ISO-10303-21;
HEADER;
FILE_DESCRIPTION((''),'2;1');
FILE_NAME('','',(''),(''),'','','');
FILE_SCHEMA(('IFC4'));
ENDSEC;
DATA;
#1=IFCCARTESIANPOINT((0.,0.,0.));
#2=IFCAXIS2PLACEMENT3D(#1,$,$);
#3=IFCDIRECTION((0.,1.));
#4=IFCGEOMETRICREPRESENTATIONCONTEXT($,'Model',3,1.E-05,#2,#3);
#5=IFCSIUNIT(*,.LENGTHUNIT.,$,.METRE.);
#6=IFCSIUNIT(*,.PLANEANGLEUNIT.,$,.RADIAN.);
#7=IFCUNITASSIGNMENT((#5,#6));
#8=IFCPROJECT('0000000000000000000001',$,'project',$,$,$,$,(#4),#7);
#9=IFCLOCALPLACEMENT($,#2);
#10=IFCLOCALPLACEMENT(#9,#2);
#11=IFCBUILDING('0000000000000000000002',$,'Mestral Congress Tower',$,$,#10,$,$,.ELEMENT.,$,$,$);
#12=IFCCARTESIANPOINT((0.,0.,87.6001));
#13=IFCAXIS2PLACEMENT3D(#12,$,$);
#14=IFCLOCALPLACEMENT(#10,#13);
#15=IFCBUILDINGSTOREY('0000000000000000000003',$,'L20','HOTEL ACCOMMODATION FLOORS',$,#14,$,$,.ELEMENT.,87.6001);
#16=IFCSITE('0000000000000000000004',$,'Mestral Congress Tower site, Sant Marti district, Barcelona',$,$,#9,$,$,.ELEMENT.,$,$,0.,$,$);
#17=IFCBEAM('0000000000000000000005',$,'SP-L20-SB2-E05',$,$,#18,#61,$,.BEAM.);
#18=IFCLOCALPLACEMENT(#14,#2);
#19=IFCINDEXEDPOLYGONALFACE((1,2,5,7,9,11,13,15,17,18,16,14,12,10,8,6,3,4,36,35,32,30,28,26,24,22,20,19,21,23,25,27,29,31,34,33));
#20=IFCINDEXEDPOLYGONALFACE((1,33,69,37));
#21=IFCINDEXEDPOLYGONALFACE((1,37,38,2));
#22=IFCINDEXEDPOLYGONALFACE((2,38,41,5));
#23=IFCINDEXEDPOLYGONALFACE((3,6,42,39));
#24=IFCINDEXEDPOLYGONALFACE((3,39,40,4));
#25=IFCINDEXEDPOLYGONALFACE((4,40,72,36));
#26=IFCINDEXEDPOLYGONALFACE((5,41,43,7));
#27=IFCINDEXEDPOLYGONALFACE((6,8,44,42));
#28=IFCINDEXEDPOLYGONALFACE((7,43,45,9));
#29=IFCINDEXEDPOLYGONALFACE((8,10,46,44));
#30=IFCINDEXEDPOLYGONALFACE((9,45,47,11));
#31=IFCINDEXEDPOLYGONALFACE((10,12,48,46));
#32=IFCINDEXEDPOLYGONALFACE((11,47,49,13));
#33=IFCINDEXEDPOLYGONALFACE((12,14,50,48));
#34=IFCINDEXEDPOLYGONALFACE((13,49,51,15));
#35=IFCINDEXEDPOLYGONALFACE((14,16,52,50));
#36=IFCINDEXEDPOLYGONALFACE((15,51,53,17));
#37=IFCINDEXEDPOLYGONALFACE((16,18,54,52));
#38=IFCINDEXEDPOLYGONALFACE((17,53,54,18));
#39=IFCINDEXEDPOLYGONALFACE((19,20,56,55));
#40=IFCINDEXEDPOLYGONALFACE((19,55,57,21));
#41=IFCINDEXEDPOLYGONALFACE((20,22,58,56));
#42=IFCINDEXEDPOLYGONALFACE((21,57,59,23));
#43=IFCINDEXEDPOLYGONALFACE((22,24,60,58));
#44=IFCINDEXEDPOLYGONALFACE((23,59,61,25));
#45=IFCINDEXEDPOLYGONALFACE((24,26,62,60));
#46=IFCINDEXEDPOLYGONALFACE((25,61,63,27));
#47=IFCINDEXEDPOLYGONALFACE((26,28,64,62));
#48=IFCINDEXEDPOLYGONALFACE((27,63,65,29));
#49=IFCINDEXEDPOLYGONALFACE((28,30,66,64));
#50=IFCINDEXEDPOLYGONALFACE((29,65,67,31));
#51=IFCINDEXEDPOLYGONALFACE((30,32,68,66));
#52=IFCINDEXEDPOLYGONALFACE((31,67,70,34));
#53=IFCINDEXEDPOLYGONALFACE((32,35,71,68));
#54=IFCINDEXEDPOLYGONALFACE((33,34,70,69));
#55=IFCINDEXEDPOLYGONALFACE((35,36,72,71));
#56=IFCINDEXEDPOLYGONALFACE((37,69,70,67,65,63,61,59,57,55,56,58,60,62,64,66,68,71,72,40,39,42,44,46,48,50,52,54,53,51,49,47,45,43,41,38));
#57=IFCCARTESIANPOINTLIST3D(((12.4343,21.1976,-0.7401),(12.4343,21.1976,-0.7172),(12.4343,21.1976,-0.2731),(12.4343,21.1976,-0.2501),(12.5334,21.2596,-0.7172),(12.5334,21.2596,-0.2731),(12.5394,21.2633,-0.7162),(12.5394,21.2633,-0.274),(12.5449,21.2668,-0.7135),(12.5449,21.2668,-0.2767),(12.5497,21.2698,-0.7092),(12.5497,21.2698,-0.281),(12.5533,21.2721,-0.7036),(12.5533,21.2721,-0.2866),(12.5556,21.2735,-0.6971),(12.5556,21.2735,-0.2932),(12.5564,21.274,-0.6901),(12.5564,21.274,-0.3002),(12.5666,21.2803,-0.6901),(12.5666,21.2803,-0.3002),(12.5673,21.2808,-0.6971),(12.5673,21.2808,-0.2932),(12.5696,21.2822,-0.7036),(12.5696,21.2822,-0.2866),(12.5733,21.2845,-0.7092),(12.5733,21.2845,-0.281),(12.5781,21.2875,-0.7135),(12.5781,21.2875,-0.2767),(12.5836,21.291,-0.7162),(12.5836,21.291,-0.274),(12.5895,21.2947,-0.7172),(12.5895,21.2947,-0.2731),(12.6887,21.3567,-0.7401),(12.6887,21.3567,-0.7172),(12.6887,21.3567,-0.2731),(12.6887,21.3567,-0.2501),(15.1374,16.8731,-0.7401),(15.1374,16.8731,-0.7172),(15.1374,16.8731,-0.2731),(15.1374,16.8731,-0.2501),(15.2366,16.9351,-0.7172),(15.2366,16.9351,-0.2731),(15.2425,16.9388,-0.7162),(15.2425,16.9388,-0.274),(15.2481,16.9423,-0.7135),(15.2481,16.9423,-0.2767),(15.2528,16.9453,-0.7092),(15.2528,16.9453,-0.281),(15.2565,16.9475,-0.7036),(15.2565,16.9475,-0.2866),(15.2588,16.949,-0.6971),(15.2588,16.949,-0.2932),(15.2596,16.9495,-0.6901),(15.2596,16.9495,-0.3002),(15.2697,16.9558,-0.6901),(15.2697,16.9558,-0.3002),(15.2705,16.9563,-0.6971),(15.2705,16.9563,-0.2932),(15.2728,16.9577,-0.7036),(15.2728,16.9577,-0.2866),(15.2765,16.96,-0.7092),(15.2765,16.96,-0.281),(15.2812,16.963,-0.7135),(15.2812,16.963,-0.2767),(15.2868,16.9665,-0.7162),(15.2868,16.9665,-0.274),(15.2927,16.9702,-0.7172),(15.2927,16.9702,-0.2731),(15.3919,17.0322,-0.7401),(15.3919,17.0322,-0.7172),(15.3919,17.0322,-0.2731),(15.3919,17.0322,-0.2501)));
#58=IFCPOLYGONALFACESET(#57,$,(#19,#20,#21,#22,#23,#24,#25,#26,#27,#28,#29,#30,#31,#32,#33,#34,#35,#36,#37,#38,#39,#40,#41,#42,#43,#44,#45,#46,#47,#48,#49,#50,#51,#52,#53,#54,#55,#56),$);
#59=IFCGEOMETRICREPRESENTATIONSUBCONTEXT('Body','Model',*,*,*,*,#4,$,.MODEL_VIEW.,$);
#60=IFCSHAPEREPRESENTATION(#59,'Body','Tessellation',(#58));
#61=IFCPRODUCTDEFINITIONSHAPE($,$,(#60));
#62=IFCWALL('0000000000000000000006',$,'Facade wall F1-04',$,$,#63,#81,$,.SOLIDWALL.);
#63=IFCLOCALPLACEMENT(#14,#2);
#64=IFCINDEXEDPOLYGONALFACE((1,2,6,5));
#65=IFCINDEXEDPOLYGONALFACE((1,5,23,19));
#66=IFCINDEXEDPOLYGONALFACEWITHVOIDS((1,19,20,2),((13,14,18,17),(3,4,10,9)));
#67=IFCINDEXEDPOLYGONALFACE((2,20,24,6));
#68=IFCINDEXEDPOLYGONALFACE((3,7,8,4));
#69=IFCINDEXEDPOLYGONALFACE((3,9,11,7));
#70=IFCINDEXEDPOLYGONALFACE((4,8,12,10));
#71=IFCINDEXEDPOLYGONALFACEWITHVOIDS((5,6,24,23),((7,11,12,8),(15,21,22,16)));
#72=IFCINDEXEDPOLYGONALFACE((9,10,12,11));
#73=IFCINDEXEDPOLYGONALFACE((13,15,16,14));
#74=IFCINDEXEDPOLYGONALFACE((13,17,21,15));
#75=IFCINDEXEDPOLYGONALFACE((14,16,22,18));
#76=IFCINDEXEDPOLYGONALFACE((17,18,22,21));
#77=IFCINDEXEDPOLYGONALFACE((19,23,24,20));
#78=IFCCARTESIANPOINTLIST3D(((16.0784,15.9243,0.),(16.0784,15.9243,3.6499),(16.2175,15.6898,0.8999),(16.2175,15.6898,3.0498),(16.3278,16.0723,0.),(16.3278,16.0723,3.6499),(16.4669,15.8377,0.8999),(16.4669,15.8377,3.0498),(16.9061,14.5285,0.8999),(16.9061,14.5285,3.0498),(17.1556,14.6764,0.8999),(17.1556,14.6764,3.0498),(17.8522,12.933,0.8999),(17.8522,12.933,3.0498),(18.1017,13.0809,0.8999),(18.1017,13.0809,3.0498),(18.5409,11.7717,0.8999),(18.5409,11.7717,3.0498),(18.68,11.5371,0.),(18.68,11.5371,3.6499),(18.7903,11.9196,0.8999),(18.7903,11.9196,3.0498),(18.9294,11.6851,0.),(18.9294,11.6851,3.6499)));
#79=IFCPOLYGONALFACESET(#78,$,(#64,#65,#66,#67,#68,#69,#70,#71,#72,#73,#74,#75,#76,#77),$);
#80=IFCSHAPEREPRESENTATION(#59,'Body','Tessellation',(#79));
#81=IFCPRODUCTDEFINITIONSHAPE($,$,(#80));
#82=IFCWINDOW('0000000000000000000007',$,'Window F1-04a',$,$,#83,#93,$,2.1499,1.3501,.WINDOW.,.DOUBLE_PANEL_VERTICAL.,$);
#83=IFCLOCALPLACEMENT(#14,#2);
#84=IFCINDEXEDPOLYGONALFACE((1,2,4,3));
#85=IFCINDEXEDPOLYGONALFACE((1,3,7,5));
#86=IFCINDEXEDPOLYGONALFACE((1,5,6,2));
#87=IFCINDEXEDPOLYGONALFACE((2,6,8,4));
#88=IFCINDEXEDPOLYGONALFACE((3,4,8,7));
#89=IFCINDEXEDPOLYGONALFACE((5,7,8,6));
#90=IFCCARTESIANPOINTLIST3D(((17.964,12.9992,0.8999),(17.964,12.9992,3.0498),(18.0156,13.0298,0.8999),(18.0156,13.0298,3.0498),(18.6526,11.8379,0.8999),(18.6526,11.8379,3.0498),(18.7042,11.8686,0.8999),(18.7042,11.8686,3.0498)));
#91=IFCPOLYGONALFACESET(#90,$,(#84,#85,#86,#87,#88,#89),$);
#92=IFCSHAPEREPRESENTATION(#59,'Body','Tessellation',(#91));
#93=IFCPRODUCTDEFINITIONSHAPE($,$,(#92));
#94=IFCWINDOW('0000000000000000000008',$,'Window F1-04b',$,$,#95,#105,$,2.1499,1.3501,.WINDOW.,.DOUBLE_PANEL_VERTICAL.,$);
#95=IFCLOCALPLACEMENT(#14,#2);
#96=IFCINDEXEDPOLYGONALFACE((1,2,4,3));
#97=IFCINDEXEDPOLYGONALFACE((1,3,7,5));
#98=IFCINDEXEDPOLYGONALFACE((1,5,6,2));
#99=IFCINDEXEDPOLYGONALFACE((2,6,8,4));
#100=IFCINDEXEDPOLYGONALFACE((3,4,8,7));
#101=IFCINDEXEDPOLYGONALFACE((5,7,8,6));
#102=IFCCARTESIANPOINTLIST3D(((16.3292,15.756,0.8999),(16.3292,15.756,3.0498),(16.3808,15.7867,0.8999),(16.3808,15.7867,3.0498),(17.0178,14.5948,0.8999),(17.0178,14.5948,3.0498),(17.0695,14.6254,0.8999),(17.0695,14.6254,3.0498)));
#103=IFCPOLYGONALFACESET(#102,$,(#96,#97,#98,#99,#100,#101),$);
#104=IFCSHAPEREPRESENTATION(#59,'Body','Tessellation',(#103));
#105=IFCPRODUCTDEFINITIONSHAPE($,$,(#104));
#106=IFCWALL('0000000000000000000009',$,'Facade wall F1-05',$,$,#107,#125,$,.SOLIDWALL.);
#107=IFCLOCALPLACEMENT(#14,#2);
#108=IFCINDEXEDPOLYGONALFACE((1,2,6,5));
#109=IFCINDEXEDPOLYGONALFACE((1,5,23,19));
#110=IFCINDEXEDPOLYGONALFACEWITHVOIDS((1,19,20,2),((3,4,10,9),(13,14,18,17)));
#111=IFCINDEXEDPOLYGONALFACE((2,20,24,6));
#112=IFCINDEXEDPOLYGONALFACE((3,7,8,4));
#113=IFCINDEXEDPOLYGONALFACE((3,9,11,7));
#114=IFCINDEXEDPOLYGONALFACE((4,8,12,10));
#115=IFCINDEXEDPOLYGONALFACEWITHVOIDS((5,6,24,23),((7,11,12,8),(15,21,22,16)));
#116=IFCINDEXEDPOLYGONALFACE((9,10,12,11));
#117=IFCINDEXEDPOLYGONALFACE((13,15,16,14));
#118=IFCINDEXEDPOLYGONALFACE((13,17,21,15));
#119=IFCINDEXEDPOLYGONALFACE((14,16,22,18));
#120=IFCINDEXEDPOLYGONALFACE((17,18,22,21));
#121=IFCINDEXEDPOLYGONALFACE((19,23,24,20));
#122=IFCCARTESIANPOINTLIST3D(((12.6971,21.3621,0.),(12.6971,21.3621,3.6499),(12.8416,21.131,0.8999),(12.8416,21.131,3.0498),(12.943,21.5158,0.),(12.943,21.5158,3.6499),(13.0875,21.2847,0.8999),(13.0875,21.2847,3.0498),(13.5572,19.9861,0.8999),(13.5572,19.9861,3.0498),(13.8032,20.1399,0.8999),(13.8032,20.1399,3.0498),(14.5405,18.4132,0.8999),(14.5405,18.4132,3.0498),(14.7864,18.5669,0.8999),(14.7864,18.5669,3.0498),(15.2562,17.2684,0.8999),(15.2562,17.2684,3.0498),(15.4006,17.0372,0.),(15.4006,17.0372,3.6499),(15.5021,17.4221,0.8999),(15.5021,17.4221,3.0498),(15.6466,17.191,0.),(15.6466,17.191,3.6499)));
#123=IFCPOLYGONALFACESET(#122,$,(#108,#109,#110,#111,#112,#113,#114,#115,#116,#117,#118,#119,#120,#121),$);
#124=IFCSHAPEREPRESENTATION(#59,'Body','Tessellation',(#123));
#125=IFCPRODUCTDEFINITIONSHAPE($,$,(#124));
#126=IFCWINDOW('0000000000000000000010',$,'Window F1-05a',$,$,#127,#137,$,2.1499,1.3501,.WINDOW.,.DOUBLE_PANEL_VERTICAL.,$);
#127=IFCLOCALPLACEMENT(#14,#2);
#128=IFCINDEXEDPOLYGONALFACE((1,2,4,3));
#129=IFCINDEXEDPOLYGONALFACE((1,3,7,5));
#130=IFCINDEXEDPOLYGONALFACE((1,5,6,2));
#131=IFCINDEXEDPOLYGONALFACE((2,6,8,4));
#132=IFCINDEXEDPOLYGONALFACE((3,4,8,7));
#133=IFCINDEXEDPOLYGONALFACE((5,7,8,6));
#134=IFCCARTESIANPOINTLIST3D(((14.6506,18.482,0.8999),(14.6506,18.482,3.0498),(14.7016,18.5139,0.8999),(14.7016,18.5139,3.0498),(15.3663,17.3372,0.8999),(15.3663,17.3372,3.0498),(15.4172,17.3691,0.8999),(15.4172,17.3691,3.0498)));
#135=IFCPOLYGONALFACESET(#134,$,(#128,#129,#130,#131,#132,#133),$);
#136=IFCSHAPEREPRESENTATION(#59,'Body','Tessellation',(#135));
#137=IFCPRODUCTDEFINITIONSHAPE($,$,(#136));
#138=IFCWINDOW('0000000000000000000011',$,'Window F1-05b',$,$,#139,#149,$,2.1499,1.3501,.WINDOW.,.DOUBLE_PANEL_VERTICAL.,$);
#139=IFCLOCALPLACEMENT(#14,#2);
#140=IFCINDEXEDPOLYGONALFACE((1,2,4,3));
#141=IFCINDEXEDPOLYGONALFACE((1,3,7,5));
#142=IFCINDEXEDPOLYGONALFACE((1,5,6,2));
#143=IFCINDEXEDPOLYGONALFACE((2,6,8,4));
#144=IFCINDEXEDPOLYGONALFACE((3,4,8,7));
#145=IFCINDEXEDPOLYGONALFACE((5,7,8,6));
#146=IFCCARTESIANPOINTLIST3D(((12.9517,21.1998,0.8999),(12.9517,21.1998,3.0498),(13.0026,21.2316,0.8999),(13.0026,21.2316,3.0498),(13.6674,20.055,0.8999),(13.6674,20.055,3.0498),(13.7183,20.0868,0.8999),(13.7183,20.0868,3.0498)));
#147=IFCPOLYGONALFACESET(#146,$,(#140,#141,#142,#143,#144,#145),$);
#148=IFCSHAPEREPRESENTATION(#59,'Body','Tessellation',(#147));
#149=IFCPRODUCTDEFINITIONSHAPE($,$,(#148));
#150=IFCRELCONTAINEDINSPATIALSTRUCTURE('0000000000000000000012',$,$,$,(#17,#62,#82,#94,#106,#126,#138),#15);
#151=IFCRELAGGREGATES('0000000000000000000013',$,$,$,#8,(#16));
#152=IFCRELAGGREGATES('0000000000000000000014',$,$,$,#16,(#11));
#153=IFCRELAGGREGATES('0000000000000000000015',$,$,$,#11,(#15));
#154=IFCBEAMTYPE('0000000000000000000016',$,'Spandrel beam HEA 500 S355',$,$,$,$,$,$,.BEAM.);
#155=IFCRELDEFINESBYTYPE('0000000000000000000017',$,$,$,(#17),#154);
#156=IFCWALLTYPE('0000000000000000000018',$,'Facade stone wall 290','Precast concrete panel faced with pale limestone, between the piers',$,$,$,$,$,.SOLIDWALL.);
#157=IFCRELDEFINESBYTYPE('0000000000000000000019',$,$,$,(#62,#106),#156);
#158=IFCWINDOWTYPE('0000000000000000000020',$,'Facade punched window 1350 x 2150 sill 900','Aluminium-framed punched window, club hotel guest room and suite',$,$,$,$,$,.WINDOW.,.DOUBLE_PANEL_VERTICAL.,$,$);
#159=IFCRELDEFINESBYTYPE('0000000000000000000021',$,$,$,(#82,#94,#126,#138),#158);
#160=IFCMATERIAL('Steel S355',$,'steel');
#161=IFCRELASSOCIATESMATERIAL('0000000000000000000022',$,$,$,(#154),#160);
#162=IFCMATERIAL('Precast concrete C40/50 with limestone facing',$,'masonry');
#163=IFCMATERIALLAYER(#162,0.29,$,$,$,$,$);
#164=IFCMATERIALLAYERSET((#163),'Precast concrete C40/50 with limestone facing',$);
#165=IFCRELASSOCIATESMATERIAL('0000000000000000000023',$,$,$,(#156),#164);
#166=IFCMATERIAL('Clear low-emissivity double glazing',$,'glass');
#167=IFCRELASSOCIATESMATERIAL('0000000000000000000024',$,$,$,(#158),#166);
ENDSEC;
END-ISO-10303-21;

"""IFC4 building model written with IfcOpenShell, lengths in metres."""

from ifc_helpers import new_model, si_unit, direction, frame, frame_2d, origin, origin_2d, place, context, subcontext, project, spatial, rectangle, i_section, extrude, material, layer, layer_set, material_profile, profile_set, type_object, element, fill, save


model = new_model("IFC4")

# Units and contexts
model_context = context("Model", 3, precision=1e-05, world=origin(), true_north=direction((0.0, 1.0)))
body_context = subcontext(model_context, "Body", "Model", "MODEL_VIEW")
ifc_project = project(units=[si_unit("LENGTHUNIT", "METRE"), si_unit("PLANEANGLEUNIT", "RADIAN")], contexts=[model_context])

# Site, building, storey
site_placement = place(None, origin())
site = spatial("IfcSite", under=ifc_project, at=site_placement, Name="Mestral Congress Tower site, Sant Marti district, Barcelona", CompositionType="ELEMENT", RefElevation=0.0)
building_placement = place(site_placement, origin())
building = spatial("IfcBuilding", under=site, at=building_placement, Name="Mestral Congress Tower", CompositionType="ELEMENT")
storey_placement = place(building_placement, frame((0.0, 0.0, 87.6001)))
storey = spatial("IfcBuildingStorey", under=building, at=storey_placement, Name="L20", Description="HOTEL ACCOMMODATION FLOORS", CompositionType="ELEMENT", Elevation=87.6001)

# Beam
ifc_material_1 = material(Name="Steel S355", Category="steel")
ifc_material_profile_1 = material_profile(ifc_material_1, i_section(OverallWidth=0.3, OverallDepth=0.49, WebThickness=0.012, FlangeThickness=0.0229, FilletRadius=0.0271, at=origin_2d()), Name="HEA 500")
ifc_profile_set_1 = profile_set([ifc_material_profile_1], Name="Steel S355")
beam_type_1 = type_object("IfcBeamType", Name="Spandrel beam HEA 500 S355", PredefinedType="BEAM", material=ifc_profile_set_1)
for number, where, z_axis, x_axis, name in (
    (1, (15.2646, 16.9526, -0.4951), (-0.530046, 0.847969, 0.0), (-0.847969, -0.530046, 0.0), "SP-L20-SB2-E05"),
):
    element("IfcBeam", number, at=place(storey_placement, frame(where, z_axis=z_axis, x_axis=x_axis)), inside=storey, type_object=beam_type_1, Name=name, PredefinedType="BEAM", context=body_context, shape_type="SweptSolid", body=[
        extrude(i_section(OverallWidth=0.3, OverallDepth=0.49, WebThickness=0.012, FlangeThickness=0.0229, FilletRadius=0.0271, at=origin_2d()), origin(), (0.0, 0.0, 1.0), 5.0999),
    ])

# Walls, openings, windows
ifc_material_2 = material(Name="Precast concrete C40/50 with limestone facing", Category="masonry")
ifc_layer_1 = layer(ifc_material_2, 0.29)
ifc_layer_set_1 = layer_set([ifc_layer_1], Name="Precast concrete C40/50 with limestone facing")
wall_type_1 = type_object("IfcWallType", Name="Facade stone wall 290", Description="Precast concrete panel faced with pale limestone, between the piers", PredefinedType="SOLIDWALL", material=ifc_layer_set_1)
wall_1_placement = place(storey_placement, frame((18.8047, 11.6111, 0.0), z_axis=(0.0, 0.0, 1.0), x_axis=(-0.510054, 0.860142, 0.0)))
wall_1 = element("IfcWall", 2, at=wall_1_placement, inside=storey, type_object=wall_type_1, Name="Facade wall F1-04", PredefinedType="SOLIDWALL", context=body_context, shape_type="SweptSolid", body=[
    extrude(rectangle(XDim=5.1006, YDim=0.29, at=frame_2d((2.5503, 0.0))), origin(), (0.0, 0.0, 1.0), 3.6499),
])
opening_1_placement = place(wall_1_placement, frame((0.2727, 0.0, 0.8999)))
opening_1 = element("IfcOpeningElement", 3, at=opening_1_placement, cuts=wall_1, PredefinedType="OPENING", context=body_context, shape_type="SweptSolid", body=[
    extrude(rectangle(XDim=1.3501, YDim=2.1499, at=frame_2d((0.675, 1.075))), frame((0.0, 0.155, 0.0), z_axis=(0.0, -1.0, 0.0), x_axis=(1.0, 0.0, 0.0)), (0.0, 0.0, 1.0), 0.3101),
])
opening_2_placement = place(wall_1_placement, frame((3.4778, 0.0, 0.8999)))
opening_2 = element("IfcOpeningElement", 4, at=opening_2_placement, cuts=wall_1, PredefinedType="OPENING", context=body_context, shape_type="SweptSolid", body=[
    extrude(rectangle(XDim=1.3501, YDim=2.1499, at=frame_2d((0.675, 1.075))), frame((0.0, 0.155, 0.0), z_axis=(0.0, -1.0, 0.0), x_axis=(1.0, 0.0, 0.0)), (0.0, 0.0, 1.0), 0.3101),
])
ifc_material_3 = material(Name="Clear low-emissivity double glazing", Category="glass")
window_type = type_object("IfcWindowType", Name="Facade punched window 1350 x 2150 sill 900", Description="Aluminium-framed punched window, club hotel guest room and suite", PartitioningType="DOUBLE_PANEL_VERTICAL", PredefinedType="WINDOW", material=ifc_material_3)
window_1_placement = place(opening_1_placement, origin())
window_1 = element("IfcWindow", 5, at=window_1_placement, inside=storey, type_object=window_type, Name="Window F1-04a", OverallHeight=2.1499, OverallWidth=1.3501, PartitioningType="DOUBLE_PANEL_VERTICAL", PredefinedType="WINDOW", context=body_context, shape_type="SweptSolid", body=[
    extrude(rectangle(XDim=1.3501, YDim=2.1499, at=frame_2d((0.675, 1.075))), frame((0.0, 0.0151, 0.0), z_axis=(0.0, -1.0, 0.0), x_axis=(1.0, 0.0, 0.0)), (0.0, 0.0, 1.0), 0.0601),
])
fill(opening_1, window_1)
window_2_placement = place(opening_2_placement, origin())
window_2 = element("IfcWindow", 6, at=window_2_placement, inside=storey, type_object=window_type, Name="Window F1-04b", OverallHeight=2.1499, OverallWidth=1.3501, PartitioningType="DOUBLE_PANEL_VERTICAL", PredefinedType="WINDOW", context=body_context, shape_type="SweptSolid", body=[
    extrude(rectangle(XDim=1.3501, YDim=2.1499, at=frame_2d((0.675, 1.075))), frame((0.0, 0.0151, 0.0), z_axis=(0.0, -1.0, 0.0), x_axis=(1.0, 0.0, 0.0)), (0.0, 0.0, 1.0), 0.0601),
])
fill(opening_2, window_2)
wall_2_placement = place(storey_placement, frame((15.5237, 17.114, 0.0), z_axis=(0.0, 0.0, 1.0), x_axis=(-0.530072, 0.847953, 0.0)))
wall_2 = element("IfcWall", 7, at=wall_2_placement, inside=storey, type_object=wall_type_1, Name="Facade wall F1-05", PredefinedType="SOLIDWALL", context=body_context, shape_type="SweptSolid", body=[
    extrude(rectangle(XDim=5.1003, YDim=0.29, at=frame_2d((2.5503, 0.0))), origin(), (0.0, 0.0, 1.0), 3.6499),
])
opening_3_placement = place(wall_2_placement, frame((0.2727, 0.0, 0.8999)))
opening_3 = element("IfcOpeningElement", 8, at=opening_3_placement, cuts=wall_2, PredefinedType="OPENING", context=body_context, shape_type="SweptSolid", body=[
    extrude(rectangle(XDim=1.3501, YDim=2.1499, at=frame_2d((0.675, 1.075))), frame((0.0, 0.155, 0.0), z_axis=(0.0, -1.0, 0.0), x_axis=(1.0, 0.0, 0.0)), (0.0, 0.0, 1.0), 0.3101),
])
opening_4_placement = place(wall_2_placement, frame((3.4778, 0.0, 0.8999)))
opening_4 = element("IfcOpeningElement", 9, at=opening_4_placement, cuts=wall_2, PredefinedType="OPENING", context=body_context, shape_type="SweptSolid", body=[
    extrude(rectangle(XDim=1.3501, YDim=2.1499, at=frame_2d((0.675, 1.075))), frame((0.0, 0.155, 0.0), z_axis=(0.0, -1.0, 0.0), x_axis=(1.0, 0.0, 0.0)), (0.0, 0.0, 1.0), 0.3101),
])
window_3_placement = place(opening_3_placement, origin())
window_3 = element("IfcWindow", 10, at=window_3_placement, inside=storey, type_object=window_type, Name="Window F1-05a", OverallHeight=2.1499, OverallWidth=1.3501, PartitioningType="DOUBLE_PANEL_VERTICAL", PredefinedType="WINDOW", context=body_context, shape_type="SweptSolid", body=[
    extrude(rectangle(XDim=1.3501, YDim=2.1499, at=frame_2d((0.675, 1.075))), frame((0.0, 0.0151, 0.0), z_axis=(0.0, -1.0, 0.0), x_axis=(1.0, 0.0, 0.0)), (0.0, 0.0, 1.0), 0.0601),
])
fill(opening_3, window_3)
window_4_placement = place(opening_4_placement, origin())
window_4 = element("IfcWindow", 11, at=window_4_placement, inside=storey, type_object=window_type, Name="Window F1-05b", OverallHeight=2.1499, OverallWidth=1.3501, PartitioningType="DOUBLE_PANEL_VERTICAL", PredefinedType="WINDOW", context=body_context, shape_type="SweptSolid", body=[
    extrude(rectangle(XDim=1.3501, YDim=2.1499, at=frame_2d((0.675, 1.075))), frame((0.0, 0.0151, 0.0), z_axis=(0.0, -1.0, 0.0), x_axis=(1.0, 0.0, 0.0)), (0.0, 0.0, 1.0), 0.0601),
])
fill(opening_4, window_4)

save(model, "model.ifc")
